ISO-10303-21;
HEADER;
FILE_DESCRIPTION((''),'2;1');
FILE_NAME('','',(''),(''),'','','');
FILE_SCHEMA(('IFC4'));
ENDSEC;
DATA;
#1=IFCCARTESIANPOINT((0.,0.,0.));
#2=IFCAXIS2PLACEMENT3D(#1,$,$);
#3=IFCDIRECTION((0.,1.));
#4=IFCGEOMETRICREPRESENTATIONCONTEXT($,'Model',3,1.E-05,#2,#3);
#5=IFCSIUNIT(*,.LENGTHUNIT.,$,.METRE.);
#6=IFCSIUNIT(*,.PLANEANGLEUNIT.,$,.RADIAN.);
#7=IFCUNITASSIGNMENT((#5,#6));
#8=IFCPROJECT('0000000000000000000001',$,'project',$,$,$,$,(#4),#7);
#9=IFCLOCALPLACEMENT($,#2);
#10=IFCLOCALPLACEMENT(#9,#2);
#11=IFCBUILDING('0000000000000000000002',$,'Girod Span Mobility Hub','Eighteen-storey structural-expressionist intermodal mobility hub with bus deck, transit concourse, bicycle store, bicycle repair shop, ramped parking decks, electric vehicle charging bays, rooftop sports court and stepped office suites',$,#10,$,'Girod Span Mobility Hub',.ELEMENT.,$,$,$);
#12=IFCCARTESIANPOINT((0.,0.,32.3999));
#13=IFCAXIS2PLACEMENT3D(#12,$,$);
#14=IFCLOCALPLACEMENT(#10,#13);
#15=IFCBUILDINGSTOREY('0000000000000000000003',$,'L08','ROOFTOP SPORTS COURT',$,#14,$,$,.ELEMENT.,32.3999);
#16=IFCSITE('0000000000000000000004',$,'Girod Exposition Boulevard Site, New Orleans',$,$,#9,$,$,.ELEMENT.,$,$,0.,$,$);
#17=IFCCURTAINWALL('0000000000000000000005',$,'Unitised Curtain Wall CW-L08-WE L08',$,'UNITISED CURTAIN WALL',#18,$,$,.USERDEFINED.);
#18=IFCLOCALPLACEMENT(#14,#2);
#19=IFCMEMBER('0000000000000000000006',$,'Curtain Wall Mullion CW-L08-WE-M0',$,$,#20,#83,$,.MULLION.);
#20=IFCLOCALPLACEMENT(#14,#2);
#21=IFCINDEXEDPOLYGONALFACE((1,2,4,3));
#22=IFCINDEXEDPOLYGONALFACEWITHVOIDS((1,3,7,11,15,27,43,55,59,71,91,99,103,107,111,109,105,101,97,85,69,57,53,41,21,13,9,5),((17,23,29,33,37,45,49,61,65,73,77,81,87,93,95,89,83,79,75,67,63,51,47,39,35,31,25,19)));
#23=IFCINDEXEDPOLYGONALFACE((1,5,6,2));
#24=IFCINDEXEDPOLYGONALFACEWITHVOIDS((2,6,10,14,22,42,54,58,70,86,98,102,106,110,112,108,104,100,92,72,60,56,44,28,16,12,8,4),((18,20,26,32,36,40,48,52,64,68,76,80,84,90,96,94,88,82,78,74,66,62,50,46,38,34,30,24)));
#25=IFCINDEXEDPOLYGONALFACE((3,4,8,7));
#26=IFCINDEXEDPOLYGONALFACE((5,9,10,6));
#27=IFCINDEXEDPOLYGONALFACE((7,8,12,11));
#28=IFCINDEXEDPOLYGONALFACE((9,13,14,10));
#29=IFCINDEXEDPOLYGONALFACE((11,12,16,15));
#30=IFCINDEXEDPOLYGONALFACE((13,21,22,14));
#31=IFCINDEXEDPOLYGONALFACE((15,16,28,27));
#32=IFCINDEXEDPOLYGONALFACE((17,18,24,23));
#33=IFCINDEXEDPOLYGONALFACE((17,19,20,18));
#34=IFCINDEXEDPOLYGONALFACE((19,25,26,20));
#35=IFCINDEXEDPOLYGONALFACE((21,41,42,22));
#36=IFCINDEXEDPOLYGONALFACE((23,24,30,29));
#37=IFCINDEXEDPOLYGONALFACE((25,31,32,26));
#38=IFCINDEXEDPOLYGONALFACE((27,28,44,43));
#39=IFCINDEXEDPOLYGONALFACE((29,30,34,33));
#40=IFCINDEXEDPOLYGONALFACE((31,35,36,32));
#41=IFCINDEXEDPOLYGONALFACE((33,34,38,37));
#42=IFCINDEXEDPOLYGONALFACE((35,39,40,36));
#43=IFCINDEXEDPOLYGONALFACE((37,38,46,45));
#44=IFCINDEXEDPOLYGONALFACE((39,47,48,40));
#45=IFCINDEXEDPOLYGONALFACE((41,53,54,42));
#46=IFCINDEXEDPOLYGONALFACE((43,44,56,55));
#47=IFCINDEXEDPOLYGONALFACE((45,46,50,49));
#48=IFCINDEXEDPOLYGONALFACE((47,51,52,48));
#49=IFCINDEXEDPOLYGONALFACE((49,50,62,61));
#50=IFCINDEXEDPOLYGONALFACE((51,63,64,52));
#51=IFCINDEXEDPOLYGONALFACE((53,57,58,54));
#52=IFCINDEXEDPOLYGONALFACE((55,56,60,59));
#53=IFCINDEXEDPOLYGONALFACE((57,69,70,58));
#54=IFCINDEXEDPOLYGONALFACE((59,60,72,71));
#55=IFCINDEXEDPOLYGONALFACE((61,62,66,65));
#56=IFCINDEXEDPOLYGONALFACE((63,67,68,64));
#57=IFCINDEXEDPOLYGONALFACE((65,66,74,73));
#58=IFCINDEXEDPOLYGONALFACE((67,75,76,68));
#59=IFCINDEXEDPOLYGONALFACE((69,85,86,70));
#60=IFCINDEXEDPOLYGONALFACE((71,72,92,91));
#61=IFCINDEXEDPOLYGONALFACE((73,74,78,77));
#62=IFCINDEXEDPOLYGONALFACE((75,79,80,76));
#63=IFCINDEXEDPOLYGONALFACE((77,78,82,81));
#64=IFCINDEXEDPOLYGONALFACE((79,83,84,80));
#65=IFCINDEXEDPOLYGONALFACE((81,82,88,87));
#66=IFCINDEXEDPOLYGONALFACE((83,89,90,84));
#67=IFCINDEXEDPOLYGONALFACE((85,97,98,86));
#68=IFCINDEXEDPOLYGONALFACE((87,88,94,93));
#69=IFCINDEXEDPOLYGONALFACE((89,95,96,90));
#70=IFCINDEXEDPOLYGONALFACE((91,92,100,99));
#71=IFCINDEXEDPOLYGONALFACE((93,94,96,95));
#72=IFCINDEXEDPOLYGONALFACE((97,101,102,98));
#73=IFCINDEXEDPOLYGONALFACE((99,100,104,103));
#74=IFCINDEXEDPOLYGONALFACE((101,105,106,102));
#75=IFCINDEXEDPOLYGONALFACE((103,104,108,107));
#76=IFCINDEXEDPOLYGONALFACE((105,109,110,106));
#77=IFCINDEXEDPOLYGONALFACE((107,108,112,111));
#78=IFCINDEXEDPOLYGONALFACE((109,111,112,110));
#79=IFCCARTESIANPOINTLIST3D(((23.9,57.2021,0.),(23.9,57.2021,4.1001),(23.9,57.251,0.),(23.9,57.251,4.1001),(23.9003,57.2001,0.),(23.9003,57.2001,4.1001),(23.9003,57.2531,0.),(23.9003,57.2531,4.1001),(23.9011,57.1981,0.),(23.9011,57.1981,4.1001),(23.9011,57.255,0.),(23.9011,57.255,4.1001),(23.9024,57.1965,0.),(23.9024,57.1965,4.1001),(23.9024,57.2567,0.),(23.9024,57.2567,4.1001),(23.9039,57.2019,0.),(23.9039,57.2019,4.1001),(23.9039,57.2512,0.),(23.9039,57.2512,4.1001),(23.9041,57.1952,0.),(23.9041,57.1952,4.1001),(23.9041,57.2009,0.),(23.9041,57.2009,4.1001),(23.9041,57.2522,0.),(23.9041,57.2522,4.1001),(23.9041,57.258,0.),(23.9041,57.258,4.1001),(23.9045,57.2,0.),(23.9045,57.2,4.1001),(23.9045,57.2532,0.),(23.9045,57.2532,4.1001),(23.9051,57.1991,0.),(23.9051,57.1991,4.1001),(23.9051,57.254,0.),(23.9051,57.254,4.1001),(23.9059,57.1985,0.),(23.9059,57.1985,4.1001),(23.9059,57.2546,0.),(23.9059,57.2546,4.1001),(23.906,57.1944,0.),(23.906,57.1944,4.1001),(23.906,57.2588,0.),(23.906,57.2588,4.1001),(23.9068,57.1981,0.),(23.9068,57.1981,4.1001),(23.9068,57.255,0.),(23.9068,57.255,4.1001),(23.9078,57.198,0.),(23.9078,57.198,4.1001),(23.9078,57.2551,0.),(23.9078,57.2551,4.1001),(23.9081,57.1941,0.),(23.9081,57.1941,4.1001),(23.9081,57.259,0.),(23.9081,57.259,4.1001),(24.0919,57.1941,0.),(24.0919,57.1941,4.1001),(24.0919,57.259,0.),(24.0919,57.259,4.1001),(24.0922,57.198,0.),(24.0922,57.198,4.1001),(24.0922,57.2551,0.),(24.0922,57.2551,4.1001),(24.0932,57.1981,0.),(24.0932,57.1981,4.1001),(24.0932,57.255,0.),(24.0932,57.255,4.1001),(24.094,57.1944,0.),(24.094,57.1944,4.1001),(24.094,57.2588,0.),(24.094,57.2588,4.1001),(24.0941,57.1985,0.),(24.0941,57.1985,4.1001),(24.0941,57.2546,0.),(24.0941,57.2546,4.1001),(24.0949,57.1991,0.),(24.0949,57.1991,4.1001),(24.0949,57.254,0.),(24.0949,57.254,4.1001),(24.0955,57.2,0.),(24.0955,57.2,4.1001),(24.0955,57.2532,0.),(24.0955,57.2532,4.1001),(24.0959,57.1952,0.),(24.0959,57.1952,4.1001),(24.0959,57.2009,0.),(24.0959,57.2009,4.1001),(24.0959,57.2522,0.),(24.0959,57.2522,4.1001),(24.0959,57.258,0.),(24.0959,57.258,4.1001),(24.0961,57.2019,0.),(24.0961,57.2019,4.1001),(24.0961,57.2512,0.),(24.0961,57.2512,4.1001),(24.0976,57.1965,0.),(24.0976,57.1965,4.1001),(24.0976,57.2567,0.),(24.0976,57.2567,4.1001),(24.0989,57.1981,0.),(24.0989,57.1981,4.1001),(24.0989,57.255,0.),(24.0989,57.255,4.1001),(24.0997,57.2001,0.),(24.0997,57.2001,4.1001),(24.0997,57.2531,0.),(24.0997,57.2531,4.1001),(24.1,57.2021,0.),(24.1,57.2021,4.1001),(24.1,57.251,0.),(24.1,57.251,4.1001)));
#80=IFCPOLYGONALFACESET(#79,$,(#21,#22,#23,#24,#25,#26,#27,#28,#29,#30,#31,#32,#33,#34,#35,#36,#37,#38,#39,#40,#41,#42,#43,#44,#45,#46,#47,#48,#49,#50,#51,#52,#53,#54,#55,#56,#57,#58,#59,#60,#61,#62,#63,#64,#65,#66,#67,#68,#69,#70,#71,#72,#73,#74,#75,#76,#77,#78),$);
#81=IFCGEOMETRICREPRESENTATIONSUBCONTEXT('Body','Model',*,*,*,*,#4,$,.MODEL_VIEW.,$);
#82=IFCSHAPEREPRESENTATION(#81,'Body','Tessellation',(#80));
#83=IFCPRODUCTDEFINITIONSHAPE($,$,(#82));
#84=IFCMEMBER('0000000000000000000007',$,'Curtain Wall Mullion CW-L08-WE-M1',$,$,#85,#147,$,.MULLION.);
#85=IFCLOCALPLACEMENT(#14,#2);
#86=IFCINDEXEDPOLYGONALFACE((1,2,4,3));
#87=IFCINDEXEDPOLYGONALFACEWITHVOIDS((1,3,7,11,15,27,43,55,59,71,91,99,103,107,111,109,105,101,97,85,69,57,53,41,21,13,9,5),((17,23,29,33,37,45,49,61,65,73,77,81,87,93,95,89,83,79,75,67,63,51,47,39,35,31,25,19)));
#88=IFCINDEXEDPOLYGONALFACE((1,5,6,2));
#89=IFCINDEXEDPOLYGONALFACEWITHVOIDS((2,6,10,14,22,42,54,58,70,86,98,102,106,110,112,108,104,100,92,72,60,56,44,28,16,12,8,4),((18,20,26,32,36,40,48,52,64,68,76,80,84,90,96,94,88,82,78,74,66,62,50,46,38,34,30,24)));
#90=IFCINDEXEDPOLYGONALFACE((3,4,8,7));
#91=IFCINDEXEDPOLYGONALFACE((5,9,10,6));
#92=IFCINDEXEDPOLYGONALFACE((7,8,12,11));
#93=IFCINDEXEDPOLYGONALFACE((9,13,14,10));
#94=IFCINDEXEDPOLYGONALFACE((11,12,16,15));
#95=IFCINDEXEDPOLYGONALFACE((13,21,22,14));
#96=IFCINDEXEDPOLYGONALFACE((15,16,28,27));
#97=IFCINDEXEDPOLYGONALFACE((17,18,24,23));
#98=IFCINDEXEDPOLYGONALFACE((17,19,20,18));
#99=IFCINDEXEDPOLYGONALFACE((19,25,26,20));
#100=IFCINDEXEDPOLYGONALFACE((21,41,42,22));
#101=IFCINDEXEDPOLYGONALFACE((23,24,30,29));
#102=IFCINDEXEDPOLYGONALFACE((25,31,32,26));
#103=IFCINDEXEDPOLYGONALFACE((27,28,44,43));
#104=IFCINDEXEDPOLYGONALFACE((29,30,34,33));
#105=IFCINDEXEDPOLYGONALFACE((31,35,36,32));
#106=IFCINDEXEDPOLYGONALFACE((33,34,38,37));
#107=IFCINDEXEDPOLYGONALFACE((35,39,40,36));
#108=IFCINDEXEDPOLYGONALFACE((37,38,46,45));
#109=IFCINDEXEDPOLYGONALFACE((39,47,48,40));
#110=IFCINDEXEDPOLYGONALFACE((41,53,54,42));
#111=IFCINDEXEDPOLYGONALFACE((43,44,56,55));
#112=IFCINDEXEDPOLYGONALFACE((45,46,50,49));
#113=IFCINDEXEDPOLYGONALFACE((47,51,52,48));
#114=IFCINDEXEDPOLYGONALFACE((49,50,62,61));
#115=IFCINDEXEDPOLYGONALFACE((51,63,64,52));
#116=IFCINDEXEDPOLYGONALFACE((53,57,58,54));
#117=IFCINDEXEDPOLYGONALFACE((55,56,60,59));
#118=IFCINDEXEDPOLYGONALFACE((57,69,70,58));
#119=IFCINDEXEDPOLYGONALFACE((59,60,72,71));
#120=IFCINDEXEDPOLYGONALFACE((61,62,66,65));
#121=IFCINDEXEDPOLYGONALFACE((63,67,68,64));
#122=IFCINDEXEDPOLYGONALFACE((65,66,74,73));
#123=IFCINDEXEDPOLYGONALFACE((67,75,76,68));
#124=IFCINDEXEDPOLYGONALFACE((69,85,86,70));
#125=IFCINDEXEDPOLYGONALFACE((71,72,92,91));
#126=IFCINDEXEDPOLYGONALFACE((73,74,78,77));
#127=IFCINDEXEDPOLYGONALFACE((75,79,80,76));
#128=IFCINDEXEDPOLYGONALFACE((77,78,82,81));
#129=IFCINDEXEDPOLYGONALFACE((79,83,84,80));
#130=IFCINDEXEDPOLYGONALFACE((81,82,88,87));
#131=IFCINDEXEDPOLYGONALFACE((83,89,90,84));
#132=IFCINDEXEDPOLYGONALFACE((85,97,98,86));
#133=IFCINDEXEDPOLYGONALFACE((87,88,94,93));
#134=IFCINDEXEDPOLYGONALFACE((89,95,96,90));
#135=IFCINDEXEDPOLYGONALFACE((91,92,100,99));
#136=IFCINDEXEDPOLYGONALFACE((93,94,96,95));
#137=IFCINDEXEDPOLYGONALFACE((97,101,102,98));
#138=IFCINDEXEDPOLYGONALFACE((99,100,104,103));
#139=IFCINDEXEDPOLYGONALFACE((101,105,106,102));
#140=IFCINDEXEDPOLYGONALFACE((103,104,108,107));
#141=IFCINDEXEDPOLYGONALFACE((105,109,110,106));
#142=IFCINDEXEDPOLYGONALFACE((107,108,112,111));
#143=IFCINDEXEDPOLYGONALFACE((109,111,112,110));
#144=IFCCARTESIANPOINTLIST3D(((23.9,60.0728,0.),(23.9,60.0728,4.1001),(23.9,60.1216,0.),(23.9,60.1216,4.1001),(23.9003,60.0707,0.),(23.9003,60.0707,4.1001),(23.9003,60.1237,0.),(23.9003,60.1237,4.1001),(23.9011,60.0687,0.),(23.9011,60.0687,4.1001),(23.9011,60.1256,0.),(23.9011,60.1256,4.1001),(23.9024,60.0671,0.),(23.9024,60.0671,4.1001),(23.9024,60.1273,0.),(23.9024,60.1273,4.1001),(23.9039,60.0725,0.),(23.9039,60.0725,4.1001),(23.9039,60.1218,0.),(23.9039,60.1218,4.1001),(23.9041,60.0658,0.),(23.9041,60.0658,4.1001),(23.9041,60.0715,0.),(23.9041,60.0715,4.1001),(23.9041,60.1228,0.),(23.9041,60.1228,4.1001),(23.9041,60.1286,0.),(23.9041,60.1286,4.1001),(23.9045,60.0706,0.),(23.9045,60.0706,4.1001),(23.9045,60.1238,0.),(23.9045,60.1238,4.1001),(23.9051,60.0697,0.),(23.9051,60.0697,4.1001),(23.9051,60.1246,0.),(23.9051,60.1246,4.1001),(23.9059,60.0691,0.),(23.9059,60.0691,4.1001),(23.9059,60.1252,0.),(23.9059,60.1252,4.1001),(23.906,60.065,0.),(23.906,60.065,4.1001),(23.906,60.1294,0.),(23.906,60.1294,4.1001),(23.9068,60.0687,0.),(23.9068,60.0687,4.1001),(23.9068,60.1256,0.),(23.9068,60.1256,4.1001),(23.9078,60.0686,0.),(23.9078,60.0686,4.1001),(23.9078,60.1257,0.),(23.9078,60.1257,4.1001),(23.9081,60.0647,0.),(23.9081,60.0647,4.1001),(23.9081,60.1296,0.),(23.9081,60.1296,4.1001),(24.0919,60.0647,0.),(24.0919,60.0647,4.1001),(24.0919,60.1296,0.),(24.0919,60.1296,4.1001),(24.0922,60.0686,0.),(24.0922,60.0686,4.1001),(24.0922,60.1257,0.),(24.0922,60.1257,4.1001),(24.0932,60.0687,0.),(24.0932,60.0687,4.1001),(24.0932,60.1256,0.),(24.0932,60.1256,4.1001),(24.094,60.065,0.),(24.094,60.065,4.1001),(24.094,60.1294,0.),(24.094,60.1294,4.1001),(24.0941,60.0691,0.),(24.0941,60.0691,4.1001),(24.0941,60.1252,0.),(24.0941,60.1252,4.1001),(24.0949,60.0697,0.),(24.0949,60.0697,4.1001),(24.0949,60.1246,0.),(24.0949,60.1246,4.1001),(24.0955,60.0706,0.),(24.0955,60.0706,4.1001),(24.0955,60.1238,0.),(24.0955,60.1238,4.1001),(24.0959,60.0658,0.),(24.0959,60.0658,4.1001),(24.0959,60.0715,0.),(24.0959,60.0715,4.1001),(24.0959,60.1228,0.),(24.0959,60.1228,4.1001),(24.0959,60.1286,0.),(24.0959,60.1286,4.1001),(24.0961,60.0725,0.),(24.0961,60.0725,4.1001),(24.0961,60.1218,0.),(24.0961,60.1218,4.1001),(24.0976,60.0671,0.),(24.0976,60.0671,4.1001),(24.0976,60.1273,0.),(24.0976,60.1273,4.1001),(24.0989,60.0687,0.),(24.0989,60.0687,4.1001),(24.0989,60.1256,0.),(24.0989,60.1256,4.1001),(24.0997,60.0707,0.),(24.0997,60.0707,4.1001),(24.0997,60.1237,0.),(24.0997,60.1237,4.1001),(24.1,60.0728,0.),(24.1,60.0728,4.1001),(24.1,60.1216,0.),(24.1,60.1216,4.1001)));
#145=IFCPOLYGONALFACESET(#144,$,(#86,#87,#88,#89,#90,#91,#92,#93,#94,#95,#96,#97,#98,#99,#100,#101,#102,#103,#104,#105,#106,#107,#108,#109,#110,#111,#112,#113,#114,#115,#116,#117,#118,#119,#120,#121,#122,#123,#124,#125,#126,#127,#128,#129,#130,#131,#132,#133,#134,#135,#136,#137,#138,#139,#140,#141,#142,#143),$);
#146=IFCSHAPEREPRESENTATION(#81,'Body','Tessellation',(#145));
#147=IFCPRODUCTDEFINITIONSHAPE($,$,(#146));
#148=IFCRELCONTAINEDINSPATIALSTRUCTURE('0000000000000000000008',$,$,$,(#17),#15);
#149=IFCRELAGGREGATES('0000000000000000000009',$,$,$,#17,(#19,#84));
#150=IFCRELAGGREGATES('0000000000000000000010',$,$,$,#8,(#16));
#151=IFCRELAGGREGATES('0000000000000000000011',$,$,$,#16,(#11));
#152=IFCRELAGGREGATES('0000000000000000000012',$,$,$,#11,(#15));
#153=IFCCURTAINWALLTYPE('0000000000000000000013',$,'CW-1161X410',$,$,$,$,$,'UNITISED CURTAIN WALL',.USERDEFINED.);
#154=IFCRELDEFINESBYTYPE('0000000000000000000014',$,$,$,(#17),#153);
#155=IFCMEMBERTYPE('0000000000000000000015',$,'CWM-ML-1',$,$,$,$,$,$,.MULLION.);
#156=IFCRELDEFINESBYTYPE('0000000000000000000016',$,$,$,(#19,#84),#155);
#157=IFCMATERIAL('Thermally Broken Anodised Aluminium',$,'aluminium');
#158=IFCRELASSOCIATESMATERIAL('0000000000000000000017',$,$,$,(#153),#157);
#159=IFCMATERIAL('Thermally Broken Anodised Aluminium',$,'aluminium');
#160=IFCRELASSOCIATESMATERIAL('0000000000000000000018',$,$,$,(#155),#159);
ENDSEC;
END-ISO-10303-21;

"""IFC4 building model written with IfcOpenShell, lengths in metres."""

from ifc_helpers import new_model, si_unit, direction, frame, origin, origin_2d, place, context, subcontext, project, spatial, hollow_rectangle, extrude, material, material_profile, profile_set, type_object, element, aggregate, save


model = new_model("IFC4")

# Units and contexts
model_context = context("Model", 3, precision=1e-05, world=origin(), true_north=direction((0.0, 1.0)))
body_context = subcontext(model_context, "Body", "Model", "MODEL_VIEW")
ifc_project = project(units=[si_unit("LENGTHUNIT", "METRE"), si_unit("PLANEANGLEUNIT", "RADIAN")], contexts=[model_context])

# Site, building, storey
site_placement = place(None, origin())
site = spatial("IfcSite", under=ifc_project, at=site_placement, Name="Girod Exposition Boulevard Site, New Orleans", CompositionType="ELEMENT", RefElevation=0.0)
building_placement = place(site_placement, origin())
building = spatial("IfcBuilding", under=site, at=building_placement, Name="Girod Span Mobility Hub", Description="Eighteen-storey structural-expressionist intermodal mobility hub with bus deck, transit concourse, bicycle store, bicycle repair shop, ramped parking decks, electric vehicle charging bays, rooftop sports court and stepped office suites", LongName="Girod Span Mobility Hub", CompositionType="ELEMENT")
storey_placement = place(building_placement, frame((0.0, 0.0, 32.3999)))
storey = spatial("IfcBuildingStorey", under=building, at=storey_placement, Name="L08", Description="ROOFTOP SPORTS COURT", CompositionType="ELEMENT", Elevation=32.3999)

# Shared definitions
ifc_material_1 = material(Name="Thermally Broken Anodised Aluminium", Category="aluminium")
curtain_wall_type = type_object("IfcCurtainWallType", Name="CW-1161X410", ElementType="UNITISED CURTAIN WALL", PredefinedType="USERDEFINED", material=ifc_material_1)
ifc_material_2 = material(Name="Thermally Broken Anodised Aluminium", Category="aluminium")
ifc_material_profile_1 = material_profile(ifc_material_2, hollow_rectangle(XDim=0.2, YDim=0.0649, WallThickness=0.0039, InnerFilletRadius=0.0039, OuterFilletRadius=0.0081, at=origin_2d()), Name="CW-ML-65X200")
ifc_profile_set_1 = profile_set([ifc_material_profile_1], Name="Thermally Broken Anodised Aluminium")
member_type_1 = type_object("IfcMemberType", Name="CWM-ML-1", PredefinedType="MULLION", material=ifc_profile_set_1)

# Curtain wall, members
curtain_wall_1_placement = place(storey_placement, origin())
curtain_wall_1 = element("IfcCurtainWall", 1, at=curtain_wall_1_placement, inside=storey, type_object=curtain_wall_type, Name="Unitised Curtain Wall CW-L08-WE L08", ObjectType="UNITISED CURTAIN WALL", PredefinedType="USERDEFINED")
member_1_placement = place(storey_placement, frame((24.0, 57.2266, 0.0), z_axis=(0.0, 0.0, 1.0), x_axis=(1.0, 0.0, 0.0)))
member_1 = element("IfcMember", 2, at=member_1_placement, type_object=member_type_1, Name="Curtain Wall Mullion CW-L08-WE-M0", PredefinedType="MULLION", context=body_context, shape_type="SweptSolid", body=[
    extrude(hollow_rectangle(XDim=0.2, YDim=0.0649, WallThickness=0.0039, InnerFilletRadius=0.0039, OuterFilletRadius=0.0081, at=origin_2d()), origin(), (0.0, 0.0, 1.0), 4.1001),
])
member_2_placement = place(storey_placement, frame((24.0, 60.0972, 0.0), z_axis=(0.0, 0.0, 1.0), x_axis=(1.0, 0.0, 0.0)))
member_2 = element("IfcMember", 3, at=member_2_placement, type_object=member_type_1, Name="Curtain Wall Mullion CW-L08-WE-M1", PredefinedType="MULLION", context=body_context, shape_type="SweptSolid", body=[
    extrude(hollow_rectangle(XDim=0.2, YDim=0.0649, WallThickness=0.0039, InnerFilletRadius=0.0039, OuterFilletRadius=0.0081, at=origin_2d()), origin(), (0.0, 0.0, 1.0), 4.1001),
])

aggregate(curtain_wall_1, [member_1, member_2])

save(model, "model.ifc")
